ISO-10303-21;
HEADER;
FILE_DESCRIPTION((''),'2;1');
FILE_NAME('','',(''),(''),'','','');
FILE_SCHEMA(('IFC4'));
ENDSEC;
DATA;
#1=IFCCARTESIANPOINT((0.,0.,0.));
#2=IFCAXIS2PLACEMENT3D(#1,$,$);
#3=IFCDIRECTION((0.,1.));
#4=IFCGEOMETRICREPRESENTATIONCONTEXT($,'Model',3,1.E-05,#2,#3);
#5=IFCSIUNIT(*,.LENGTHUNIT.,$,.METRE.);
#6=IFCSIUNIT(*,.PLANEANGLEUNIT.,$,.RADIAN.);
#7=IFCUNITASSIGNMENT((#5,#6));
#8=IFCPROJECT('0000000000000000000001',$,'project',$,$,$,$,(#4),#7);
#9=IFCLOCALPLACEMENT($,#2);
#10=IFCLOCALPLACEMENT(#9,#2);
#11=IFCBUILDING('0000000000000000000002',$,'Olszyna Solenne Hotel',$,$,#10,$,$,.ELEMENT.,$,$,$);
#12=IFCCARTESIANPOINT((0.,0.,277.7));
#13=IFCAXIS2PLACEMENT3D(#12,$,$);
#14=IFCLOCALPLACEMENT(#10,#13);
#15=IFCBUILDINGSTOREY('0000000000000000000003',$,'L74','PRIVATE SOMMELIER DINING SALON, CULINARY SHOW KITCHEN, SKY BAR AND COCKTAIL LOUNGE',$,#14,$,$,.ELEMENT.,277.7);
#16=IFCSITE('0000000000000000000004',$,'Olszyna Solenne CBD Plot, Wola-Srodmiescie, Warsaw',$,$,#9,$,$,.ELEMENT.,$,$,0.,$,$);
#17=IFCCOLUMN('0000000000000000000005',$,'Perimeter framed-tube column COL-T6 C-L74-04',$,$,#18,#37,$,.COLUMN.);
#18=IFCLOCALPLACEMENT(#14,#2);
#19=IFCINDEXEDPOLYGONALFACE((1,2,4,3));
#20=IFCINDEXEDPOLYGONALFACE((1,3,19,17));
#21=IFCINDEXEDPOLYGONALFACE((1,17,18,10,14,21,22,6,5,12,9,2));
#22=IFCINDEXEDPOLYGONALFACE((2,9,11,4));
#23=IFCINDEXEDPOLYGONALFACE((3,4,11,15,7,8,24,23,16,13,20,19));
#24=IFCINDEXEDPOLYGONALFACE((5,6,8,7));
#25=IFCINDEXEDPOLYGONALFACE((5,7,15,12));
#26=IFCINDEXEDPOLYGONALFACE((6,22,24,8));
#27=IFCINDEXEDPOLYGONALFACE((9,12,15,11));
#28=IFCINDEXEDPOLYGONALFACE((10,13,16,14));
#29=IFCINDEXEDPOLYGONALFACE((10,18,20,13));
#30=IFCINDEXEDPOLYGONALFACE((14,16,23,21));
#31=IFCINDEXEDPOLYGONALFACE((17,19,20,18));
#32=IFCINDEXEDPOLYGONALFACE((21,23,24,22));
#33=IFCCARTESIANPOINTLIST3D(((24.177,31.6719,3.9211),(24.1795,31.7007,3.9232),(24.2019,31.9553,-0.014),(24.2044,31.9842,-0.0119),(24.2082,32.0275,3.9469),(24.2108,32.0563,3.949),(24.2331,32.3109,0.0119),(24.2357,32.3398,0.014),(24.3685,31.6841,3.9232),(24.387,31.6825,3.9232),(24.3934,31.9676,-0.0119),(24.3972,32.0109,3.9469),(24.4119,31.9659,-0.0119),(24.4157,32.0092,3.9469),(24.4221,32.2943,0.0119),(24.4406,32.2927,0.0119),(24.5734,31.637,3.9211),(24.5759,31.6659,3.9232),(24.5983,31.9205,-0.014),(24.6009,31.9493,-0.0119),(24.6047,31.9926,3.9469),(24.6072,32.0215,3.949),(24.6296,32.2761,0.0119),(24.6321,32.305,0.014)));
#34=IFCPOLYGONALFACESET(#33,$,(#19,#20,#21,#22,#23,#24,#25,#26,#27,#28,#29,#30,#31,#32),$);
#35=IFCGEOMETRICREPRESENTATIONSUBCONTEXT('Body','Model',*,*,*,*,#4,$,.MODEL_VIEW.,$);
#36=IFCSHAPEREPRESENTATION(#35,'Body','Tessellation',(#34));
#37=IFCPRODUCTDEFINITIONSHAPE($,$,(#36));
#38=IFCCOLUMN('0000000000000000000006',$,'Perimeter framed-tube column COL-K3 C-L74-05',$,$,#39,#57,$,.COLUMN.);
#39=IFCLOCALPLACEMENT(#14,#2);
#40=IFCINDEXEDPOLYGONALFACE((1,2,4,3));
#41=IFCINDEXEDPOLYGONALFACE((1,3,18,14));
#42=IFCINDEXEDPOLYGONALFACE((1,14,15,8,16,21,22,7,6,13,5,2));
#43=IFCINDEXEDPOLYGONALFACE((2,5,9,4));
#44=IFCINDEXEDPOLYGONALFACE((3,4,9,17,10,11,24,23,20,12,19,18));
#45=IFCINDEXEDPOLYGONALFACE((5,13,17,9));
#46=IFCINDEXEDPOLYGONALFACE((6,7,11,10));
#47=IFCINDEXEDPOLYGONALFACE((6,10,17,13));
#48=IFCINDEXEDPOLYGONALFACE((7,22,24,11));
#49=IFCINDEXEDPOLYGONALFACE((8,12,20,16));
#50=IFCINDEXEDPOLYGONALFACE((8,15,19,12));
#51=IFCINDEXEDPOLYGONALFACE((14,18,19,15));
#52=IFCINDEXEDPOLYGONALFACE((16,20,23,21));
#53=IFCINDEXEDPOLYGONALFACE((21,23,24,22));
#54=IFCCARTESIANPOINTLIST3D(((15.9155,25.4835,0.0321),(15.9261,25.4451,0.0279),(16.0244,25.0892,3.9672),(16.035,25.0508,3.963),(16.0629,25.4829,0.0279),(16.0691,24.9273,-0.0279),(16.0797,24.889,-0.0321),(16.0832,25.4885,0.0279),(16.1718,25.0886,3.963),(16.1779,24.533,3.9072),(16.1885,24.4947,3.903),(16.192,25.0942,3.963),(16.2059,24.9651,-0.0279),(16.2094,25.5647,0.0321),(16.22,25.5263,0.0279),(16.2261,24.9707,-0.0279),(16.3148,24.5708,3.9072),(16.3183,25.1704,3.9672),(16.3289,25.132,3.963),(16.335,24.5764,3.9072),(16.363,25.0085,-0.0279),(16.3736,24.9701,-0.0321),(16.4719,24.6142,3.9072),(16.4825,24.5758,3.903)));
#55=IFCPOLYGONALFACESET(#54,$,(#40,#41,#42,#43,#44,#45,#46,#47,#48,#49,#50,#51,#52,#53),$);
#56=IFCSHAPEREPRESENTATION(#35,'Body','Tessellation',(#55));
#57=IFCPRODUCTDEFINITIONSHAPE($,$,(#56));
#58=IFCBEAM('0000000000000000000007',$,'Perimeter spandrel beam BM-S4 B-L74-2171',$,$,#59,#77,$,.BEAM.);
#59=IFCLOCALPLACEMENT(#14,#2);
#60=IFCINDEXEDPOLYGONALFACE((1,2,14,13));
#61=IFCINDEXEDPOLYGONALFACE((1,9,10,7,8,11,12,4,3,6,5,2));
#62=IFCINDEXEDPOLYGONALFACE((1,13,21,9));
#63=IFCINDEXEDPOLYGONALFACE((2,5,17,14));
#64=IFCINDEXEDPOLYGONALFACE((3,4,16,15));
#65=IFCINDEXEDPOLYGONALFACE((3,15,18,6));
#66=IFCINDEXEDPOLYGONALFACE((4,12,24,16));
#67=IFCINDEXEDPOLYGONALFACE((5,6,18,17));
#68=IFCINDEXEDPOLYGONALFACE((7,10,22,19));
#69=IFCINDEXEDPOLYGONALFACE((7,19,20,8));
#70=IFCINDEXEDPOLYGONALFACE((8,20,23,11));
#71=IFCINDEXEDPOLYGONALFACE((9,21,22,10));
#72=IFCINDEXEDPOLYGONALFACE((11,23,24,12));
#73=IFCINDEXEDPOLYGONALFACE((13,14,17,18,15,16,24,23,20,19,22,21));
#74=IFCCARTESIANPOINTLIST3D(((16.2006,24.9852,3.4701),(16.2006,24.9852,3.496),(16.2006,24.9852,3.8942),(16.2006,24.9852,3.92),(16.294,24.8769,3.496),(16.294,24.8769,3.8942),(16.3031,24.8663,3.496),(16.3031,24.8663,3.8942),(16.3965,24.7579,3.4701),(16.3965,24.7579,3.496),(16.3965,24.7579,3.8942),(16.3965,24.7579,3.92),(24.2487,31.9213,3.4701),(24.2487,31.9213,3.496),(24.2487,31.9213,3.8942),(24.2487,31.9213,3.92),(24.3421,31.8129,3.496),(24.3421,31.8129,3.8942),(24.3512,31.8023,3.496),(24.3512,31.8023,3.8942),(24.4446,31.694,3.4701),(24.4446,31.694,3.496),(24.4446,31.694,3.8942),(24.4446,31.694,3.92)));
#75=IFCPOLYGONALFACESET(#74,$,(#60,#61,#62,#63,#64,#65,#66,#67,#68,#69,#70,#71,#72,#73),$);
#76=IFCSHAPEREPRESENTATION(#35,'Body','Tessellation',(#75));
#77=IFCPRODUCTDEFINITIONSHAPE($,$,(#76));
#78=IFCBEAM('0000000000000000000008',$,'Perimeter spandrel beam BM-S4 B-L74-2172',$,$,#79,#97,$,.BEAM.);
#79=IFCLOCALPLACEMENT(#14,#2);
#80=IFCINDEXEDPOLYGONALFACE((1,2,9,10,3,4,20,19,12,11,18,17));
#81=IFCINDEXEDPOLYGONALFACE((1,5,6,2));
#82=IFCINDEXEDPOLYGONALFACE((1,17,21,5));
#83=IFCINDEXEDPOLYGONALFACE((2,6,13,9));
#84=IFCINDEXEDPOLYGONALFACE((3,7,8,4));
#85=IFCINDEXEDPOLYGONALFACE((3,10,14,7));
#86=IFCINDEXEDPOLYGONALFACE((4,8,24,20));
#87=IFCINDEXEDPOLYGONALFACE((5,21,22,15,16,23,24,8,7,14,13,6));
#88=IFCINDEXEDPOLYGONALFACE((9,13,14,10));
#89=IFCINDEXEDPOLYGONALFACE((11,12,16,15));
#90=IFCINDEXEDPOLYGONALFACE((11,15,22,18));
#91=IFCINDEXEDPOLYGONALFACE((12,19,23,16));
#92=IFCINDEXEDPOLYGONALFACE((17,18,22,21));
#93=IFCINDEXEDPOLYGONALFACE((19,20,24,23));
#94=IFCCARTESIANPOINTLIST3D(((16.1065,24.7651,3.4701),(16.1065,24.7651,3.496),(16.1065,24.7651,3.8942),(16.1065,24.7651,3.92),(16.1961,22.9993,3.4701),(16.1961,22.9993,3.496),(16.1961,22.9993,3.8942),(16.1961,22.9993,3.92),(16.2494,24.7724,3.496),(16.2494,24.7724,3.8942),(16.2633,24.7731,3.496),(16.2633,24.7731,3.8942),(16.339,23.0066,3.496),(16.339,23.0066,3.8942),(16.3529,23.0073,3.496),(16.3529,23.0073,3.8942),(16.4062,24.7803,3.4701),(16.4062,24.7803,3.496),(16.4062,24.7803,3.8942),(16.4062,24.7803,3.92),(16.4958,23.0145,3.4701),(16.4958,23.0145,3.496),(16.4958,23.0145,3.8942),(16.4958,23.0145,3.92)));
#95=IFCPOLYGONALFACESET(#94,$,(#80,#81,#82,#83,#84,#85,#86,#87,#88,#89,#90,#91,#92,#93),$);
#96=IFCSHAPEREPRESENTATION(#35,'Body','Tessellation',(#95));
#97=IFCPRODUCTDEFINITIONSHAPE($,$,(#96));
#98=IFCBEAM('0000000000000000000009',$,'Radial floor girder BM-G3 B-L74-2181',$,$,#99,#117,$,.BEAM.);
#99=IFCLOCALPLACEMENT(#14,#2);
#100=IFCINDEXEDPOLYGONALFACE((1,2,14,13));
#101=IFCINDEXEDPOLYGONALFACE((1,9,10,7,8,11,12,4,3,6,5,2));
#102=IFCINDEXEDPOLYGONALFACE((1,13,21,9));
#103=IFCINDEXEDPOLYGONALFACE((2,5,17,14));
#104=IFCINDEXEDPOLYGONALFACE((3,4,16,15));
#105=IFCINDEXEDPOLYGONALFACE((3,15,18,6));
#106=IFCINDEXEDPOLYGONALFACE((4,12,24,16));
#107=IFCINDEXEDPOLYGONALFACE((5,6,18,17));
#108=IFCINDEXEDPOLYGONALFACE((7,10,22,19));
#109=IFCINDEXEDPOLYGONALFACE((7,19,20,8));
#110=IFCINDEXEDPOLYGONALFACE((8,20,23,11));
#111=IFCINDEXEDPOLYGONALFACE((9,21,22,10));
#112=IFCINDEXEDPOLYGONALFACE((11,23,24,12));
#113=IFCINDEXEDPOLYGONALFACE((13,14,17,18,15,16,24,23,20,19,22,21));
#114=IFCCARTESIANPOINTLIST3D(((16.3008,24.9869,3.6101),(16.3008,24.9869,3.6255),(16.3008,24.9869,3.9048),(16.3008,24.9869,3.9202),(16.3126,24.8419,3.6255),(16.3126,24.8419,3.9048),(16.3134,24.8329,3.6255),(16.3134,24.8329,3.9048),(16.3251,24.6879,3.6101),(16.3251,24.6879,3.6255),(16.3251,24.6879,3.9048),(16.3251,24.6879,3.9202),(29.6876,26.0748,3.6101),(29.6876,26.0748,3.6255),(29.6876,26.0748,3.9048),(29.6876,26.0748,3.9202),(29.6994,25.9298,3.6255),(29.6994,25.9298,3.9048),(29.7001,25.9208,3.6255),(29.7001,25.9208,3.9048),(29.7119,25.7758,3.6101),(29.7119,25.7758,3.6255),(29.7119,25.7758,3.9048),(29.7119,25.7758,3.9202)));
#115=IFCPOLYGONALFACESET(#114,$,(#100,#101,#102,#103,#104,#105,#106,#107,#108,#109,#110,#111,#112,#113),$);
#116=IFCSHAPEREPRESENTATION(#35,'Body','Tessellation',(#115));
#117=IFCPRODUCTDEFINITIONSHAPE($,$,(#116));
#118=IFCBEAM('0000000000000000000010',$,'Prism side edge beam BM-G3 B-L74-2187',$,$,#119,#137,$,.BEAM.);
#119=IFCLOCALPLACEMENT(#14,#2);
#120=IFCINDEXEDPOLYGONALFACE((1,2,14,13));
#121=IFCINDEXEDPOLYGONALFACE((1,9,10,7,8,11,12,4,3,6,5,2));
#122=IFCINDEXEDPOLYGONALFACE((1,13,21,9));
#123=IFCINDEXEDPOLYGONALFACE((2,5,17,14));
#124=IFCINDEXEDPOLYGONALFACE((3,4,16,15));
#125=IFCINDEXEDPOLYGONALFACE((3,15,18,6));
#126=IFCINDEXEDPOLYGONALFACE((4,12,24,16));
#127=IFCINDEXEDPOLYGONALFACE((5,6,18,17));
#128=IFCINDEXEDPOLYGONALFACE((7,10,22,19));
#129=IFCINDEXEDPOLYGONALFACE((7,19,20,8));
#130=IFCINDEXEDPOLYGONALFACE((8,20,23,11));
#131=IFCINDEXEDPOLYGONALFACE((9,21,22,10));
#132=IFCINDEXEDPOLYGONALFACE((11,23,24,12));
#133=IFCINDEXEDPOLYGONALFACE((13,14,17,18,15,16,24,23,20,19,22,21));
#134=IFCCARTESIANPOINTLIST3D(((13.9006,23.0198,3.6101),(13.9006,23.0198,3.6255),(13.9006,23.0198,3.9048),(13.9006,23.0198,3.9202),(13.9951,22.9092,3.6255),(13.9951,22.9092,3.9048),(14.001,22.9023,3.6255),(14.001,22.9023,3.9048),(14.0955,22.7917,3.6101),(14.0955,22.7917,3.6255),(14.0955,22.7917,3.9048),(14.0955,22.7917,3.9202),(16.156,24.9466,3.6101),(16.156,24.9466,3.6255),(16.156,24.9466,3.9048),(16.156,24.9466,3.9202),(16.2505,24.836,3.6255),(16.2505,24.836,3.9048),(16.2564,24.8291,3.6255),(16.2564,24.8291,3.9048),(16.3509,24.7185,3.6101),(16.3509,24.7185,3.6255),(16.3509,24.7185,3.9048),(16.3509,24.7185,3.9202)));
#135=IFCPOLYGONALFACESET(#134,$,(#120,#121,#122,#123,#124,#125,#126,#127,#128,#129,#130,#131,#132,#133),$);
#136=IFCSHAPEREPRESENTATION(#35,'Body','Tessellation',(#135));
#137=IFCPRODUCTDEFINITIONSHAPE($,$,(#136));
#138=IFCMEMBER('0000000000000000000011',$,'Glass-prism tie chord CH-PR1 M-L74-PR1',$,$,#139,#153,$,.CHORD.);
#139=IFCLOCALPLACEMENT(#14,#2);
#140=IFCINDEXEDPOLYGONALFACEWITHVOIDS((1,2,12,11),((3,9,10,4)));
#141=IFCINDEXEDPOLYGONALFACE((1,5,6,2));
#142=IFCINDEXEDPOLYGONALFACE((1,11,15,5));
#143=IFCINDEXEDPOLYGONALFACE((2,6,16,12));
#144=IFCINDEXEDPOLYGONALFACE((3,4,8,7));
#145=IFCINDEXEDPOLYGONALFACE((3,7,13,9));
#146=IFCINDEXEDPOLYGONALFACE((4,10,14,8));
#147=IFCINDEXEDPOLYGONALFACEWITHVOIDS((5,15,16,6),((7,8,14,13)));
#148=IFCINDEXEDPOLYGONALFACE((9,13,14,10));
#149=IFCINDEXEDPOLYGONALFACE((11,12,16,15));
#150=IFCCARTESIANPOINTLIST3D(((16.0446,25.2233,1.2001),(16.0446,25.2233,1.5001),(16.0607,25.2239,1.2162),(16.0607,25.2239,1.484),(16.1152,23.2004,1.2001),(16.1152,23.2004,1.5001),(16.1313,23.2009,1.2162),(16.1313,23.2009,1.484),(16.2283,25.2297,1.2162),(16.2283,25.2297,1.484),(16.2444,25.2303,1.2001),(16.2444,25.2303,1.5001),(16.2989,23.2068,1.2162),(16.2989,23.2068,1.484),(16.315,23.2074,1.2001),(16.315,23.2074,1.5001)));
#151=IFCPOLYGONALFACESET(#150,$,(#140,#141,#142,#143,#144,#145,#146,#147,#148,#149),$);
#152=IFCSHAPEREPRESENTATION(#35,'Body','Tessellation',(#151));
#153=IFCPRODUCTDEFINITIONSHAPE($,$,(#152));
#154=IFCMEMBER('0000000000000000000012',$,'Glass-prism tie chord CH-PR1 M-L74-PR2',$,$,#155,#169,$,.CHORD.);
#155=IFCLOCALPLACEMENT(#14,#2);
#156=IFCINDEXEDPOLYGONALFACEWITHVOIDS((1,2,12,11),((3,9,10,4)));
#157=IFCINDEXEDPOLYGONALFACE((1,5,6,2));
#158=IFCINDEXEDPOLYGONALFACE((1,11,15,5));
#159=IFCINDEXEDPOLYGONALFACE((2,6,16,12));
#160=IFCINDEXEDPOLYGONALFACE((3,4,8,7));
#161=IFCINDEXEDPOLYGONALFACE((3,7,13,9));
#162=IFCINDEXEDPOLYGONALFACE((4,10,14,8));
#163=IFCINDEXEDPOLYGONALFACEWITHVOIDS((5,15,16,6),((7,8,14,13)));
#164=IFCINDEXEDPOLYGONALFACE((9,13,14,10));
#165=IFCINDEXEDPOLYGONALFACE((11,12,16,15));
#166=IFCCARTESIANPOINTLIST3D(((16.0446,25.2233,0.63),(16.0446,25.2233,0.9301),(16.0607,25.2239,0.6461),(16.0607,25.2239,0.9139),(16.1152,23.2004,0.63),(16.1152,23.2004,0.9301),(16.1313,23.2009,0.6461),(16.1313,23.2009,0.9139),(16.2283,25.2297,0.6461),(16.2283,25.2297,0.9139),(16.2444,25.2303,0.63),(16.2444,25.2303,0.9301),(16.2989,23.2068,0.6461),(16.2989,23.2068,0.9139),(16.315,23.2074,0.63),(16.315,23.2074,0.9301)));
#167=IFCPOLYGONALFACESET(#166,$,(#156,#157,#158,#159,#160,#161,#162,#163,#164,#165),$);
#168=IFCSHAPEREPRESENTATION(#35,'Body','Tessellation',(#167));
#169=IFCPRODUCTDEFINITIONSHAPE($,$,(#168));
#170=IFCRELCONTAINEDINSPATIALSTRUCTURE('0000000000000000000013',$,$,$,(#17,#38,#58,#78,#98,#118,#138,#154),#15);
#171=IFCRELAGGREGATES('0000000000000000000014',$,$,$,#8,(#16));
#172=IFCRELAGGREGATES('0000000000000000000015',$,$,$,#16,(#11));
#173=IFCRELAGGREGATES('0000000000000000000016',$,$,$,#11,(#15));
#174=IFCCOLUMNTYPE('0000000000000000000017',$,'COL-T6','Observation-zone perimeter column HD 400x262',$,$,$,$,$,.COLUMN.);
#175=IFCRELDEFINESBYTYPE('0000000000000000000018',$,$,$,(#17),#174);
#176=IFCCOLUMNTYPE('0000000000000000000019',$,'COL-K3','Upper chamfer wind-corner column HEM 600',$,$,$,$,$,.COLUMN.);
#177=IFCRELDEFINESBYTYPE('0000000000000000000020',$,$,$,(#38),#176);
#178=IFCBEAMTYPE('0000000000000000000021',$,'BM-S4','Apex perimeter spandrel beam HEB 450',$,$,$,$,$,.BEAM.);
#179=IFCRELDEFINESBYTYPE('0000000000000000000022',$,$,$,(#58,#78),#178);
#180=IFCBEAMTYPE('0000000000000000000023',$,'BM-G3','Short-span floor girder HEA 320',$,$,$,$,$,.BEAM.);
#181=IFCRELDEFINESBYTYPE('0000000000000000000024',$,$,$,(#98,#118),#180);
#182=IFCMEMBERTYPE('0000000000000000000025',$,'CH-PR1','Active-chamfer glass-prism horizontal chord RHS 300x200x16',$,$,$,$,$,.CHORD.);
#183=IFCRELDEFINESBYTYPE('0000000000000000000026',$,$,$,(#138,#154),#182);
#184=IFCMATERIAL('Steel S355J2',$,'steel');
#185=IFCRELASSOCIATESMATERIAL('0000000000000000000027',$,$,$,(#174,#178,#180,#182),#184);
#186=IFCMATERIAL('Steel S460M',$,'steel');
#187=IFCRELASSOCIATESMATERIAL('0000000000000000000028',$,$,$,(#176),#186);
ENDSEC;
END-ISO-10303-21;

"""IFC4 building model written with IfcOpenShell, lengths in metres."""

from ifc_helpers import new_model, si_unit, direction, frame, origin, origin_2d, place, context, subcontext, project, spatial, hollow_rectangle, i_section, extrude, source, transform, mapped, material, material_profile, profile_set, type_object, element, save


model = new_model("IFC4")

# Units and contexts
model_context = context("Model", 3, precision=1e-05, world=origin(), true_north=direction((0.0, 1.0)))
body_context = subcontext(model_context, "Body", "Model", "MODEL_VIEW")
ifc_project = project(units=[si_unit("LENGTHUNIT", "METRE"), si_unit("PLANEANGLEUNIT", "RADIAN")], contexts=[model_context])

# Site, building, storey
site_placement = place(None, origin())
site = spatial("IfcSite", under=ifc_project, at=site_placement, Name="Olszyna Solenne CBD Plot, Wola-Srodmiescie, Warsaw", CompositionType="ELEMENT", RefElevation=0.0)
building_placement = place(site_placement, origin())
building = spatial("IfcBuilding", under=site, at=building_placement, Name="Olszyna Solenne Hotel", CompositionType="ELEMENT")
storey_placement = place(building_placement, frame((0.0, 0.0, 277.7)))
storey = spatial("IfcBuildingStorey", under=building, at=storey_placement, Name="L74", Description="PRIVATE SOMMELIER DINING SALON, CULINARY SHOW KITCHEN, SKY BAR AND COCKTAIL LOUNGE", CompositionType="ELEMENT", Elevation=277.7)

# Columns
ifc_material_1 = material(Name="Steel S355J2", Category="steel")
ifc_material_profile_1 = material_profile(ifc_material_1, i_section(OverallWidth=0.3979, OverallDepth=0.387, WebThickness=0.0186, FlangeThickness=0.0291, at=origin_2d()), Name="HD 400x262", Category="load-bearing")
ifc_profile_set_1 = profile_set([ifc_material_profile_1], Name="Steel S355J2")
column_type_1 = type_object("IfcColumnType", Name="COL-T6", Description="Observation-zone perimeter column HD 400x262", PredefinedType="COLUMN", material=ifc_profile_set_1)
shared_shape_1 = source(origin(), body_context, "Body", "SweptSolid", [
    extrude(i_section(OverallWidth=0.3979, OverallDepth=0.387, WebThickness=0.0186, FlangeThickness=0.0291, at=origin_2d()), origin(), (0.0, 0.0, 1.0), 3.9453),
])
column_1_placement = place(storey_placement, frame((24.417, 32.1301, 0.0), z_axis=(-0.006312, -0.071844, 0.997396), x_axis=(0.996163, -0.087518, 0.0)))
element("IfcColumn", 1, at=column_1_placement, inside=storey, type_object=column_type_1, Name="Perimeter framed-tube column COL-T6 C-L74-04", PredefinedType="COLUMN", context=body_context, shape_type="MappedRepresentation", body=[
    mapped(shared_shape_1, transform((0.0, 0.0, 0.0), x_axis=(1.0, 0.0, 0.0), y_axis=(0.0, 1.0, 0.0), z_axis=(0.0, 0.0, 1.0), scale=1.0)),
])
ifc_material_2 = material(Name="Steel S460M", Category="steel")
ifc_material_profile_2 = material_profile(ifc_material_2, i_section(OverallWidth=0.3049, OverallDepth=0.6201, WebThickness=0.021, FlangeThickness=0.04, at=origin_2d()), Name="HEM 600", Category="load-bearing")
ifc_profile_set_2 = profile_set([ifc_material_profile_2], Name="Steel S460M")
column_type_2 = type_object("IfcColumnType", Name="COL-K3", Description="Upper chamfer wind-corner column HEM 600", PredefinedType="COLUMN", material=ifc_profile_set_2)
shared_shape_2 = source(origin(), body_context, "Body", "SweptSolid", [
    extrude(i_section(OverallWidth=0.3049, OverallDepth=0.6201, WebThickness=0.021, FlangeThickness=0.04, at=origin_2d()), origin(), (0.0, 0.0, 1.0), 3.9563),
])
column_2_placement = place(storey_placement, frame((16.1445, 25.2268, 0.0), z_axis=(0.027523, -0.099662, 0.994641), x_axis=(0.963919, 0.266197, 0.0)))
element("IfcColumn", 2, at=column_2_placement, inside=storey, type_object=column_type_2, Name="Perimeter framed-tube column COL-K3 C-L74-05", PredefinedType="COLUMN", context=body_context, shape_type="MappedRepresentation", body=[
    mapped(shared_shape_2, transform((0.0, 0.0, 0.0), x_axis=(1.0, 0.0, 0.0), y_axis=(0.0, 1.0, 0.0), z_axis=(0.0, 0.0, 1.0), scale=1.0)),
])

# Beams
ifc_material_profile_3 = material_profile(ifc_material_1, i_section(OverallWidth=0.3, OverallDepth=0.45, WebThickness=0.0139, FlangeThickness=0.0259, at=origin_2d()), Name="HEB 450", Category="load-bearing")
ifc_profile_set_3 = profile_set([ifc_material_profile_3], Name="Steel S355J2")
beam_type_1 = type_object("IfcBeamType", Name="BM-S4", Description="Apex perimeter spandrel beam HEB 450", PredefinedType="BEAM", material=ifc_profile_set_3)
shared_shape_3 = source(origin(), body_context, "Body", "SweptSolid", [
    extrude(i_section(OverallWidth=0.3, OverallDepth=0.45, WebThickness=0.0139, FlangeThickness=0.0259, at=origin_2d()), origin(), (0.0, 0.0, 1.0), 10.6245),
])
beam_1_placement = place(storey_placement, frame((24.3467, 31.8076, 3.6951), z_axis=(-0.757502, -0.652833, 0.0), x_axis=(0.652833, -0.757502, 0.0)))
element("IfcBeam", 3, at=beam_1_placement, inside=storey, type_object=beam_type_1, Name="Perimeter spandrel beam BM-S4 B-L74-2171", PredefinedType="BEAM", context=body_context, shape_type="MappedRepresentation", body=[
    mapped(shared_shape_3, transform((0.0, 0.0, 0.0), x_axis=(1.0, 0.0, 0.0), y_axis=(0.0, 1.0, 0.0), z_axis=(0.0, 0.0, 1.0), scale=1.0)),
])
shared_shape_4 = source(origin(), body_context, "Body", "SweptSolid", [
    extrude(i_section(OverallWidth=0.3, OverallDepth=0.45, WebThickness=0.0139, FlangeThickness=0.0259, at=origin_2d()), origin(), (0.0, 0.0, 1.0), 1.7681),
])
beam_2_placement = place(storey_placement, frame((16.2563, 24.7727, 3.6951), z_axis=(0.050674, -0.998715, 0.0), x_axis=(0.998715, 0.050674, 0.0)))
element("IfcBeam", 4, at=beam_2_placement, inside=storey, type_object=beam_type_1, Name="Perimeter spandrel beam BM-S4 B-L74-2172", PredefinedType="BEAM", context=body_context, shape_type="MappedRepresentation", body=[
    mapped(shared_shape_4, transform((0.0, 0.0, 0.0), x_axis=(1.0, 0.0, 0.0), y_axis=(0.0, 1.0, 0.0), z_axis=(0.0, 0.0, 1.0), scale=1.0)),
])
ifc_material_profile_4 = material_profile(ifc_material_1, i_section(OverallWidth=0.3, OverallDepth=0.3101, WebThickness=0.009, FlangeThickness=0.0154, at=origin_2d()), Name="HEA 320", Category="load-bearing")
ifc_profile_set_4 = profile_set([ifc_material_profile_4], Name="Steel S355J2")
beam_type_2 = type_object("IfcBeamType", Name="BM-G3", Description="Short-span floor girder HEA 320", PredefinedType="BEAM", material=ifc_profile_set_4)
shared_shape_5 = source(origin(), body_context, "Body", "SweptSolid", [
    extrude(i_section(OverallWidth=0.3, OverallDepth=0.3101, WebThickness=0.009, FlangeThickness=0.0154, at=origin_2d()), origin(), (0.0, 0.0, 1.0), 13.4309),
])
beam_3_placement = place(storey_placement, frame((16.313, 24.8374, 3.7651), z_axis=(0.996714, 0.080999, 0.0), x_axis=(-0.080999, 0.996714, 0.0)))
element("IfcBeam", 5, at=beam_3_placement, inside=storey, type_object=beam_type_2, Name="Radial floor girder BM-G3 B-L74-2181", PredefinedType="BEAM", context=body_context, shape_type="MappedRepresentation", body=[
    mapped(shared_shape_5, transform((0.0, 0.0, 0.0), x_axis=(1.0, 0.0, 0.0), y_axis=(0.0, 1.0, 0.0), z_axis=(0.0, 0.0, 1.0), scale=1.0)),
])
shared_shape_6 = source(origin(), body_context, "Body", "SweptSolid", [
    extrude(i_section(OverallWidth=0.3, OverallDepth=0.3101, WebThickness=0.009, FlangeThickness=0.0154, at=origin_2d()), origin(), (0.0, 0.0, 1.0), 2.9663),
])
beam_4_placement = place(storey_placement, frame((16.2534, 24.8325, 3.7651), z_axis=(-0.760325, -0.649543, 0.0), x_axis=(0.649543, -0.760325, 0.0)))
element("IfcBeam", 6, at=beam_4_placement, inside=storey, type_object=beam_type_2, Name="Prism side edge beam BM-G3 B-L74-2187", PredefinedType="BEAM", context=body_context, shape_type="MappedRepresentation", body=[
    mapped(shared_shape_6, transform((0.0, 0.0, 0.0), x_axis=(1.0, 0.0, 0.0), y_axis=(0.0, 1.0, 0.0), z_axis=(0.0, 0.0, 1.0), scale=1.0)),
])

# Members
ifc_material_profile_5 = material_profile(ifc_material_1, hollow_rectangle(XDim=0.2, YDim=0.3, WallThickness=0.0161, at=origin_2d()), Name="RHS 300x200x16", Category="load-bearing")
ifc_profile_set_5 = profile_set([ifc_material_profile_5], Name="Steel S355J2")
member_type_1 = type_object("IfcMemberType", Name="CH-PR1", Description="Active-chamfer glass-prism horizontal chord RHS 300x200x16", PredefinedType="CHORD", material=ifc_profile_set_5)
shared_shape_7 = source(origin(), body_context, "Body", "SweptSolid", [
    extrude(hollow_rectangle(XDim=0.2, YDim=0.3, WallThickness=0.0161, at=origin_2d()), origin(), (0.0, 0.0, 1.0), 2.0242),
])
for number, where, z_axis, x_axis, name in (
    (7, (16.1445, 25.2268, 1.3501), (0.034857, -0.999392, 0.0), (0.999392, 0.034857, 0.0), "Glass-prism tie chord CH-PR1 M-L74-PR1"),
    (8, (16.1445, 25.2268, 0.78), (0.034857, -0.999392, 0.0), (0.999392, 0.034857, 0.0), "Glass-prism tie chord CH-PR1 M-L74-PR2"),
):
    element("IfcMember", number, at=place(storey_placement, frame(where, z_axis=z_axis, x_axis=x_axis)), inside=storey, type_object=member_type_1, Name=name, PredefinedType="CHORD", context=body_context, shape_type="MappedRepresentation", body=[
        mapped(shared_shape_7, transform((0.0, 0.0, 0.0), x_axis=(1.0, 0.0, 0.0), y_axis=(0.0, 1.0, 0.0), z_axis=(0.0, 0.0, 1.0), scale=1.0)),
    ])

save(model, "model.ifc")
